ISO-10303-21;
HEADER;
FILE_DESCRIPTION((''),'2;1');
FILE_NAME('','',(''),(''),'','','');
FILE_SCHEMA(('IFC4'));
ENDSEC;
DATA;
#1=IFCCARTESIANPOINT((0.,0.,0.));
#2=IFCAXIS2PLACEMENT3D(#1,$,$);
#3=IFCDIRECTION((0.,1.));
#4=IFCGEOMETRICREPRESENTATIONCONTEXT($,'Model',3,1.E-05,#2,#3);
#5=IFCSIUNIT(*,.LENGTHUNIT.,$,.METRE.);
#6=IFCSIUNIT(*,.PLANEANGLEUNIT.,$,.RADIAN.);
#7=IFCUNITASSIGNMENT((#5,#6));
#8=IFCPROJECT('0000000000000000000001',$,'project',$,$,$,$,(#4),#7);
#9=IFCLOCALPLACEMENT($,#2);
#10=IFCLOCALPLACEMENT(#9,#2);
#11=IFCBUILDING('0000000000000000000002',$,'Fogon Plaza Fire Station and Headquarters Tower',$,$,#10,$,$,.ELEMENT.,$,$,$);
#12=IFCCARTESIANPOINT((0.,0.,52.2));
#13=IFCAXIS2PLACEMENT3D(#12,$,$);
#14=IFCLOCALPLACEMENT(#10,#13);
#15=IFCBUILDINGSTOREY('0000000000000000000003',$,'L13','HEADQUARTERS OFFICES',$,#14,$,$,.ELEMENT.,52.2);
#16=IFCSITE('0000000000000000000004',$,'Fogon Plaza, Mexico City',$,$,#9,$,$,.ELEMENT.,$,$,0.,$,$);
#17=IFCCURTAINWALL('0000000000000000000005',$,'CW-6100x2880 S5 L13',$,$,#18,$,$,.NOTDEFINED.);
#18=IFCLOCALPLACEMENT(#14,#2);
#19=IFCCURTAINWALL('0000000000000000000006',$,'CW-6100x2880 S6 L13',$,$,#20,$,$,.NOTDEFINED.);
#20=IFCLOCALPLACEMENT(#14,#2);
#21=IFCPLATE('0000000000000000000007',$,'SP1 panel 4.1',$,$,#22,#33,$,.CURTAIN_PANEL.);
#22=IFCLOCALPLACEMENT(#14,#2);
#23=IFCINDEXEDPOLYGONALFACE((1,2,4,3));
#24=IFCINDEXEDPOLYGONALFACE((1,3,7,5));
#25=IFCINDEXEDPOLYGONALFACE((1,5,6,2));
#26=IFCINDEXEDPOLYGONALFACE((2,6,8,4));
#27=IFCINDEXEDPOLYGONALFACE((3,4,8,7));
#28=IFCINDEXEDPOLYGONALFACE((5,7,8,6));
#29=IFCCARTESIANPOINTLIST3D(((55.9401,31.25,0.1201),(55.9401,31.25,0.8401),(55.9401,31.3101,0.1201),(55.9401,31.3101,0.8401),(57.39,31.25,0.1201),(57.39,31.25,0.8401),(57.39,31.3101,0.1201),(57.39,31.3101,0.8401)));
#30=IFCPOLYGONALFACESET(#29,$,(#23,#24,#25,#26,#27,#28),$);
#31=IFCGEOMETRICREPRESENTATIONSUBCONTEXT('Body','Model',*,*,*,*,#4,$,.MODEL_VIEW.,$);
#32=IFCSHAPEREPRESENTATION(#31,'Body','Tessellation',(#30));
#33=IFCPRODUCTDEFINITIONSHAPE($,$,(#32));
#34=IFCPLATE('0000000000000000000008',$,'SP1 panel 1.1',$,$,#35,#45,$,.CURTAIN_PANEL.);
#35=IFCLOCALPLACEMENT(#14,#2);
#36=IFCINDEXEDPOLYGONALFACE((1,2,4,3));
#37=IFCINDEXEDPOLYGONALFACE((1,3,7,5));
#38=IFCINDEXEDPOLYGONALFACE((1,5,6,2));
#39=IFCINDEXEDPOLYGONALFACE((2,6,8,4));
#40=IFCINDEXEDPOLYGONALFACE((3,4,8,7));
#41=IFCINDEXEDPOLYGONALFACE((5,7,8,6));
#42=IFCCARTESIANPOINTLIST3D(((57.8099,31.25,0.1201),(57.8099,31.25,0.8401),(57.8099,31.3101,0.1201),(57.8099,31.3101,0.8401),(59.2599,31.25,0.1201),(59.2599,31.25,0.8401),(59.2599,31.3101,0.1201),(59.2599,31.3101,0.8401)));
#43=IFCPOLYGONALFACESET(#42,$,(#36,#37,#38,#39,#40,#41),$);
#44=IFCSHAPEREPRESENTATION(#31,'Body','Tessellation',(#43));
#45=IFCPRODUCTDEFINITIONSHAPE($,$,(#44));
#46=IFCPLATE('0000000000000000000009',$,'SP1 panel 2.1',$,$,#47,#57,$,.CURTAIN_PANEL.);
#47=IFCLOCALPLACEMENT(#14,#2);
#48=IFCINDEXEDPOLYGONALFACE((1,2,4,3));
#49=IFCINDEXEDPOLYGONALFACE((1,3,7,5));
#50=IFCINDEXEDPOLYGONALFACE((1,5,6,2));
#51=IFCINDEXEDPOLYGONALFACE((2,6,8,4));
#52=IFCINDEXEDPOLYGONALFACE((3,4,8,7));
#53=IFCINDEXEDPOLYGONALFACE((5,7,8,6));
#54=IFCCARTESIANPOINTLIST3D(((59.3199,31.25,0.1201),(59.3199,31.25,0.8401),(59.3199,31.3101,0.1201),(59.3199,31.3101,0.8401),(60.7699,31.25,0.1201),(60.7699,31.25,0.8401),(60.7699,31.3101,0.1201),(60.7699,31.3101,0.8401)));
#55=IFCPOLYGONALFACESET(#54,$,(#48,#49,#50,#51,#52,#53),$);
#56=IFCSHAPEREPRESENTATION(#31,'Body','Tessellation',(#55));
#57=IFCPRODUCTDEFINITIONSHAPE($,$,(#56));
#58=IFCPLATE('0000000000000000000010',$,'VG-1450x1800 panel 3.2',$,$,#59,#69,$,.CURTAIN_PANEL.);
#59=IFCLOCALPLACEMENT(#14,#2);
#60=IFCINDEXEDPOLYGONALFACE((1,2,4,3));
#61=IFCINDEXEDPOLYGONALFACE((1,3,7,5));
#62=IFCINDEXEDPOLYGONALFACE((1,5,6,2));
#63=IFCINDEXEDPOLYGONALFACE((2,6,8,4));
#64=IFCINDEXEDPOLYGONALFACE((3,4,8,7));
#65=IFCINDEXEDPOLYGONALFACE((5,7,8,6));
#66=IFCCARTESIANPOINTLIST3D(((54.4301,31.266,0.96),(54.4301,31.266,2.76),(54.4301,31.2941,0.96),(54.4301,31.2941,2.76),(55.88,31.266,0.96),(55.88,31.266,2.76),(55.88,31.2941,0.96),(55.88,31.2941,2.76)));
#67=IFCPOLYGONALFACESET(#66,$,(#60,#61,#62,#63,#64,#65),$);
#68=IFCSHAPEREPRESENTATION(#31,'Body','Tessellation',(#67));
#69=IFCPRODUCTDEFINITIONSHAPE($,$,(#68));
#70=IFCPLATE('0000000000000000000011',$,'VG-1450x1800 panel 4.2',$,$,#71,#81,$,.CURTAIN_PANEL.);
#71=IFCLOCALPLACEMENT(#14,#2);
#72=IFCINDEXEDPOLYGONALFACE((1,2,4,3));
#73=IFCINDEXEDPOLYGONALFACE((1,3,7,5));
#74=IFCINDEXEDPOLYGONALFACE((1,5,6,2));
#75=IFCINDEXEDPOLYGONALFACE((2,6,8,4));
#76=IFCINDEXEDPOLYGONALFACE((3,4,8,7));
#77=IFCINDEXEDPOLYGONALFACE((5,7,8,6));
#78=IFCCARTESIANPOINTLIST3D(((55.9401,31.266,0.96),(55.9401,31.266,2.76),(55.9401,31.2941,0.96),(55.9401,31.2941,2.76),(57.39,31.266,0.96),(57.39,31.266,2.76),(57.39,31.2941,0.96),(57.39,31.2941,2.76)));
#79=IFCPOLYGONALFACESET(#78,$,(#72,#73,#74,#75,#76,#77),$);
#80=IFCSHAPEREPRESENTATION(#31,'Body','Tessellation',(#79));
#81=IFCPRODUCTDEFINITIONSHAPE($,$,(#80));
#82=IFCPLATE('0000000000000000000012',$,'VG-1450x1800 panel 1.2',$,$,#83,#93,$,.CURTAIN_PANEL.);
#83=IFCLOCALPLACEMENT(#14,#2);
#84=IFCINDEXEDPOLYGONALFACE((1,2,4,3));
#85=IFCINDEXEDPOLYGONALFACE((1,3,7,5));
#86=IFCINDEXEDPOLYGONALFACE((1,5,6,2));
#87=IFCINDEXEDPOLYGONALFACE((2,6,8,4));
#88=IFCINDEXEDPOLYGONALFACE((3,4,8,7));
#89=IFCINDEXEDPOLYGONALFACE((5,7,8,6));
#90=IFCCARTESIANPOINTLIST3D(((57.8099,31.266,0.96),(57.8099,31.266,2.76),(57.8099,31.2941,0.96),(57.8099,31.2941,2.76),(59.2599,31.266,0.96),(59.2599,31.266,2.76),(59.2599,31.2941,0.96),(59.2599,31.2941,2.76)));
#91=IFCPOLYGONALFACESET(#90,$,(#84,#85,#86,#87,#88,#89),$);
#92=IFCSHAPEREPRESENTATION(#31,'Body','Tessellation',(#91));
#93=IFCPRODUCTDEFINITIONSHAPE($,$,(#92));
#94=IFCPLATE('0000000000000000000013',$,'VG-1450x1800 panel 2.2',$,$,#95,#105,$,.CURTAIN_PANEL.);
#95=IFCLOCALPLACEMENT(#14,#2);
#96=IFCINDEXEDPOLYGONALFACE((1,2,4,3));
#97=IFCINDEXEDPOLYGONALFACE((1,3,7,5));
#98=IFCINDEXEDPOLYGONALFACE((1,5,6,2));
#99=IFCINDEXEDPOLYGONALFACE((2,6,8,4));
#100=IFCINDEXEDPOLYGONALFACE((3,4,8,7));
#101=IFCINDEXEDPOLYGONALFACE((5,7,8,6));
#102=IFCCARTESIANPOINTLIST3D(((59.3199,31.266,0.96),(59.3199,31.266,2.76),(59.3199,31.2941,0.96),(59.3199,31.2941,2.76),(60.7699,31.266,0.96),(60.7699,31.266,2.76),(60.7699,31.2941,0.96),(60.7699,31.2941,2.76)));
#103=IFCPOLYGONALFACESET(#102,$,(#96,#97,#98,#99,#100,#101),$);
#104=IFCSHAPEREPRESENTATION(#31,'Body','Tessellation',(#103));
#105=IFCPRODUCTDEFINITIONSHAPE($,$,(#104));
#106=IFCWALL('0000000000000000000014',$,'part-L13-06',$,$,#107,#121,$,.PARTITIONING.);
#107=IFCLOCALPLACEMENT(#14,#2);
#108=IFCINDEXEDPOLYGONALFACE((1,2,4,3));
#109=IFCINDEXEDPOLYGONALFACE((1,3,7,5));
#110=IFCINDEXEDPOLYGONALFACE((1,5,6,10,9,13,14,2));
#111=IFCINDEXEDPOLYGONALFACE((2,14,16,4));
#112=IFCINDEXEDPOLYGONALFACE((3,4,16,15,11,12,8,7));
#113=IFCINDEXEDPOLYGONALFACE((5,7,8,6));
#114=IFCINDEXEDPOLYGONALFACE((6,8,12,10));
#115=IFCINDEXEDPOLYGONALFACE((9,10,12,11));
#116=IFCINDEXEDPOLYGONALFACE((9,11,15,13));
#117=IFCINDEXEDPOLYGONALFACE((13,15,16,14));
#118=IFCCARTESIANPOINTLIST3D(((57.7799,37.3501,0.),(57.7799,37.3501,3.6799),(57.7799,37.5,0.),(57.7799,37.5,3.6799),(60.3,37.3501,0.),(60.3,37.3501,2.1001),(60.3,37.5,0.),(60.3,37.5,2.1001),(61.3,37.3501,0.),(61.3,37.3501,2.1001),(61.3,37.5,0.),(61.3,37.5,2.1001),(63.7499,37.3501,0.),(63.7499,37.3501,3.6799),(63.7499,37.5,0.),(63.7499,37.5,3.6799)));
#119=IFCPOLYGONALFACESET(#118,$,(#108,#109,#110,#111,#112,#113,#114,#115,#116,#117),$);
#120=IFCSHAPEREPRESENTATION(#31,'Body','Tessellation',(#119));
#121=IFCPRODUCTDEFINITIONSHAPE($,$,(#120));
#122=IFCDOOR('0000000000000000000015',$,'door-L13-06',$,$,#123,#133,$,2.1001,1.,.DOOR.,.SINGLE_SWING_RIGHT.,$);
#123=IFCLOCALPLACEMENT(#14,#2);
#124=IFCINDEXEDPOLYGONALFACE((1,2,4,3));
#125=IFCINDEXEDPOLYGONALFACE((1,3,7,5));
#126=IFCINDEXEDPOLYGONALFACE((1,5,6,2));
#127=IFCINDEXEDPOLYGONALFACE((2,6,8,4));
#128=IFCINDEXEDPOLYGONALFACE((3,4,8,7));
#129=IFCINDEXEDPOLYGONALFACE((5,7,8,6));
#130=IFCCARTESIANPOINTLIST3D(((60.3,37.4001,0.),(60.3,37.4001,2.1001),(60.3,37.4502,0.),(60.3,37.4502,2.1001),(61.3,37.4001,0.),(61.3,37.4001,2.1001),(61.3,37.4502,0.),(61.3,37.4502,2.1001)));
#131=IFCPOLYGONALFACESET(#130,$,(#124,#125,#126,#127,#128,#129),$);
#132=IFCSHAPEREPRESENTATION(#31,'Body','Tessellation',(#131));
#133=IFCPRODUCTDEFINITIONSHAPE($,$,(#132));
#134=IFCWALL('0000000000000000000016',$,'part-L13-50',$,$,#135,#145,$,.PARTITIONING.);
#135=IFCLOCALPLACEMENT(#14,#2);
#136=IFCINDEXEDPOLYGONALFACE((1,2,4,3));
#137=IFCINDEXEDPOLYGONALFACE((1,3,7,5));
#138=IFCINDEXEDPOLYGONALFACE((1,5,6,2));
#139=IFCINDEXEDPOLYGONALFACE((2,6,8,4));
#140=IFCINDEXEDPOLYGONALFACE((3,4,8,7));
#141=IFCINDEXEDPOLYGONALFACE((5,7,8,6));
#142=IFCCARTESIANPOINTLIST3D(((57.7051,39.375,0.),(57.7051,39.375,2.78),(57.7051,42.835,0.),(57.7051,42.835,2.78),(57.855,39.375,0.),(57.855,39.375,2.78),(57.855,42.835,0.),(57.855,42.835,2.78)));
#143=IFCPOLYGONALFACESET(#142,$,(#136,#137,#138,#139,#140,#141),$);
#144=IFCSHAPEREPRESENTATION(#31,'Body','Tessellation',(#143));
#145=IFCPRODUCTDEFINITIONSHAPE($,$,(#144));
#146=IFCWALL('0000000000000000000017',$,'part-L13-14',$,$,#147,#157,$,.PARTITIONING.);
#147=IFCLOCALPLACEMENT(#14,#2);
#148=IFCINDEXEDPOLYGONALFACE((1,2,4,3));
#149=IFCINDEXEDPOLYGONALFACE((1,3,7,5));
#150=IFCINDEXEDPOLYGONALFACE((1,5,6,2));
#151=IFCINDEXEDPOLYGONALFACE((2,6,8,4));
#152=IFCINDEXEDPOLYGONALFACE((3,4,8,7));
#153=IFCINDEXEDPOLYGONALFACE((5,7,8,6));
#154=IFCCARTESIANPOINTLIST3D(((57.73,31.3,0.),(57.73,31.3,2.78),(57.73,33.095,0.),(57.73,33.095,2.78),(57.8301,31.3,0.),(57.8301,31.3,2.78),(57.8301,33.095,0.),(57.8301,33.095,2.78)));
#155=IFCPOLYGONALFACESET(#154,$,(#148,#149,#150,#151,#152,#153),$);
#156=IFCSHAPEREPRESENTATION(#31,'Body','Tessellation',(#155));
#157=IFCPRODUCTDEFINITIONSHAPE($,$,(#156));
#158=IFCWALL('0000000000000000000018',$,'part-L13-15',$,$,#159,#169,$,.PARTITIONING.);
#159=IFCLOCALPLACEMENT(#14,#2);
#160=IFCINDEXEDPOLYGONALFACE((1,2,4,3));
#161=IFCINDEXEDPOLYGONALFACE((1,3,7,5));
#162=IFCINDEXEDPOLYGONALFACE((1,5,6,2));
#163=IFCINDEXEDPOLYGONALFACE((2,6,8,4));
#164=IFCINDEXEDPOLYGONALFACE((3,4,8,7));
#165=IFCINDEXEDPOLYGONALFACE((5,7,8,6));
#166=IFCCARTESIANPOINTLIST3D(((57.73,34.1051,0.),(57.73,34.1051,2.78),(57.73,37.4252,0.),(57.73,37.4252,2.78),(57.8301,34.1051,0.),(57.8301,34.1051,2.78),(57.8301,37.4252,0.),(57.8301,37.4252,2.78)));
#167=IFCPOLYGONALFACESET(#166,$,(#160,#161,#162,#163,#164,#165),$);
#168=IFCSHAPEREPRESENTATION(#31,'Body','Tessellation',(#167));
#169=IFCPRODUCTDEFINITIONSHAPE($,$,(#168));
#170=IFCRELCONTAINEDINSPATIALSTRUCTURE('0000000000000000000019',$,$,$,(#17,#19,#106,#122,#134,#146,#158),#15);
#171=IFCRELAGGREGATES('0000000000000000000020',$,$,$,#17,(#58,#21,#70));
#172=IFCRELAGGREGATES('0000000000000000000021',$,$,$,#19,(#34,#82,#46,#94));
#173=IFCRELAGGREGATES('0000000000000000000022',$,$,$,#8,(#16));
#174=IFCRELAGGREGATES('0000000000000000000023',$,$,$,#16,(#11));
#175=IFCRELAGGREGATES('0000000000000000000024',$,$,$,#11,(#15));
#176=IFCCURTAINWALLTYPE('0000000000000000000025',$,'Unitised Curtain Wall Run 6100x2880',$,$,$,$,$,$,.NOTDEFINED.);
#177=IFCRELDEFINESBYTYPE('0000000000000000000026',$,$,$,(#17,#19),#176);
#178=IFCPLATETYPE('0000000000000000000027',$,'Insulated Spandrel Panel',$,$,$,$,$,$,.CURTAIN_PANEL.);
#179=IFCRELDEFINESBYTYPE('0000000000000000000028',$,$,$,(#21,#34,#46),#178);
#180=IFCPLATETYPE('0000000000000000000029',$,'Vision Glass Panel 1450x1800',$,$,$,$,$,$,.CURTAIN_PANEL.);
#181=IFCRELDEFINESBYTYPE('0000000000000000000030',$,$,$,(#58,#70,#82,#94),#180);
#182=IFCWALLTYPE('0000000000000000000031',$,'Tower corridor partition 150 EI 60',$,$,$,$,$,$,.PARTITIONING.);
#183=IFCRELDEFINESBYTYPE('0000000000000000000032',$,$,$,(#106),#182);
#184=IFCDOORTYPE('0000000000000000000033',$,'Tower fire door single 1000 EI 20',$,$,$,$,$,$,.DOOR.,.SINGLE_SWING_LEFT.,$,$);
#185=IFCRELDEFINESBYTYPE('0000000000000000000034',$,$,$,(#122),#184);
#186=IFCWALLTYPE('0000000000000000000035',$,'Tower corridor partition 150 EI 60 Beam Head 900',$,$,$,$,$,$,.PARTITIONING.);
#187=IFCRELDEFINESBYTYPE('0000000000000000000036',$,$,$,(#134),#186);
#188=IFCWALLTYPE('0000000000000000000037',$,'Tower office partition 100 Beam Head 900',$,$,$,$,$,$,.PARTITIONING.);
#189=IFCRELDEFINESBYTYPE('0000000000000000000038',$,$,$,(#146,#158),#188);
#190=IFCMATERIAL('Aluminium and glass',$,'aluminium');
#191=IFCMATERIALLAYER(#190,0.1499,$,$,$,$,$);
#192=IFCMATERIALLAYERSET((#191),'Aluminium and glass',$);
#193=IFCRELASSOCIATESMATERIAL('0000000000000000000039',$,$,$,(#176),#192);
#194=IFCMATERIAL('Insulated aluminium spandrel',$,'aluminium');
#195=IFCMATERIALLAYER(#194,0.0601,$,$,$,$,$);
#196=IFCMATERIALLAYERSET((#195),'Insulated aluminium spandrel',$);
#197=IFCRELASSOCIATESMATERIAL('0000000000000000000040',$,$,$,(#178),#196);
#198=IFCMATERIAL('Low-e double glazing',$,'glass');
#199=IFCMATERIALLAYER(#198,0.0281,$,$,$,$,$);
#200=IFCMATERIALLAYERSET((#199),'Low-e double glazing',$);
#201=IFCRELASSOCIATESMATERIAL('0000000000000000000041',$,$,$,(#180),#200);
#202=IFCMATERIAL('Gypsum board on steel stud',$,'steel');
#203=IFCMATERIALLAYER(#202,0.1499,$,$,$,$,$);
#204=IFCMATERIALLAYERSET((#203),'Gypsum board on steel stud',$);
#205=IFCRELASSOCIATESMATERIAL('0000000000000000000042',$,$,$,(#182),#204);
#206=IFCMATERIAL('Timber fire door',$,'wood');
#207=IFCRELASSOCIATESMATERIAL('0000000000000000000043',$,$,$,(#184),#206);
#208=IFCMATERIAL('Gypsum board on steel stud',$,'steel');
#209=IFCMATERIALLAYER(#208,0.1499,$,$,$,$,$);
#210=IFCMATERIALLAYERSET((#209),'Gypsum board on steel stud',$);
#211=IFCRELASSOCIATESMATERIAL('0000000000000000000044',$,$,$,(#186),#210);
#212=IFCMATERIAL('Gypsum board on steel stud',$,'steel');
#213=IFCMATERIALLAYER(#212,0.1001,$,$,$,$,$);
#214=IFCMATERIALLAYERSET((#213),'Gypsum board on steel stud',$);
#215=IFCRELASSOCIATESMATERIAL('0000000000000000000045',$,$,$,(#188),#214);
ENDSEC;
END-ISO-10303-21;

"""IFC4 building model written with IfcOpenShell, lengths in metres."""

from ifc_helpers import new_model, si_unit, direction, frame, frame_2d, origin, origin_2d, place, context, subcontext, project, spatial, rectangle, extrude, material, layer, layer_set, type_object, element, fill, aggregate, save


model = new_model("IFC4")

# Units and contexts
model_context = context("Model", 3, precision=1e-05, world=origin(), true_north=direction((0.0, 1.0)))
body_context = subcontext(model_context, "Body", "Model", "MODEL_VIEW")
ifc_project = project(units=[si_unit("LENGTHUNIT", "METRE"), si_unit("PLANEANGLEUNIT", "RADIAN")], contexts=[model_context])

# Site, building, storey
site_placement = place(None, origin())
site = spatial("IfcSite", under=ifc_project, at=site_placement, Name="Fogon Plaza, Mexico City", CompositionType="ELEMENT", RefElevation=0.0)
building_placement = place(site_placement, origin())
building = spatial("IfcBuilding", under=site, at=building_placement, Name="Fogon Plaza Fire Station and Headquarters Tower", CompositionType="ELEMENT")
storey_placement = place(building_placement, frame((0.0, 0.0, 52.2)))
storey = spatial("IfcBuildingStorey", under=building, at=storey_placement, Name="L13", Description="HEADQUARTERS OFFICES", CompositionType="ELEMENT", Elevation=52.2)

# Curtain walls
ifc_material_1 = material(Name="Aluminium and glass", Category="aluminium")
ifc_layer_1 = layer(ifc_material_1, 0.1499)
ifc_layer_set_1 = layer_set([ifc_layer_1], Name="Aluminium and glass")
curtain_wall_type = type_object("IfcCurtainWallType", Name="Unitised Curtain Wall Run 6100x2880", PredefinedType="NOTDEFINED", material=ifc_layer_set_1)
curtain_wall_1_placement = place(storey_placement, origin())
curtain_wall_1 = element("IfcCurtainWall", 1, at=curtain_wall_1_placement, inside=storey, type_object=curtain_wall_type, Name="CW-6100x2880 S5 L13", PredefinedType="NOTDEFINED")
curtain_wall_2_placement = place(storey_placement, origin())
curtain_wall_2 = element("IfcCurtainWall", 2, at=curtain_wall_2_placement, inside=storey, type_object=curtain_wall_type, Name="CW-6100x2880 S6 L13", PredefinedType="NOTDEFINED")

# Plates
ifc_material_2 = material(Name="Insulated aluminium spandrel", Category="aluminium")
ifc_layer_2 = layer(ifc_material_2, 0.0601)
ifc_layer_set_2 = layer_set([ifc_layer_2], Name="Insulated aluminium spandrel")
plate_type_1 = type_object("IfcPlateType", Name="Insulated Spandrel Panel", PredefinedType="CURTAIN_PANEL", material=ifc_layer_set_2)
plate_1_placement = place(storey_placement, frame((56.665, 31.28, 0.1201), z_axis=(0.0, 0.0, 1.0), x_axis=(1.0, 0.0, 0.0)))
plate_1 = element("IfcPlate", 3, at=plate_1_placement, type_object=plate_type_1, Name="SP1 panel 4.1", PredefinedType="CURTAIN_PANEL", context=body_context, shape_type="SweptSolid", body=[
    extrude(rectangle(XDim=1.45, YDim=0.0601, at=origin_2d()), origin(), (0.0, 0.0, 1.0), 0.72),
])
plate_2_placement = place(storey_placement, frame((58.5349, 31.28, 0.1201), z_axis=(0.0, 0.0, 1.0), x_axis=(1.0, 0.0, 0.0)))
plate_2 = element("IfcPlate", 4, at=plate_2_placement, type_object=plate_type_1, Name="SP1 panel 1.1", PredefinedType="CURTAIN_PANEL", context=body_context, shape_type="SweptSolid", body=[
    extrude(rectangle(XDim=1.45, YDim=0.0601, at=origin_2d()), origin(), (0.0, 0.0, 1.0), 0.72),
])
plate_3_placement = place(storey_placement, frame((60.0449, 31.28, 0.1201), z_axis=(0.0, 0.0, 1.0), x_axis=(1.0, 0.0, 0.0)))
plate_3 = element("IfcPlate", 5, at=plate_3_placement, type_object=plate_type_1, Name="SP1 panel 2.1", PredefinedType="CURTAIN_PANEL", context=body_context, shape_type="SweptSolid", body=[
    extrude(rectangle(XDim=1.45, YDim=0.0601, at=origin_2d()), origin(), (0.0, 0.0, 1.0), 0.72),
])
ifc_material_3 = material(Name="Low-e double glazing", Category="glass")
ifc_layer_3 = layer(ifc_material_3, 0.0281)
ifc_layer_set_3 = layer_set([ifc_layer_3], Name="Low-e double glazing")
plate_type_2 = type_object("IfcPlateType", Name="Vision Glass Panel 1450x1800", PredefinedType="CURTAIN_PANEL", material=ifc_layer_set_3)
plate_4_placement = place(storey_placement, frame((55.155, 31.28, 0.96), z_axis=(0.0, 0.0, 1.0), x_axis=(1.0, 0.0, 0.0)))
plate_4 = element("IfcPlate", 6, at=plate_4_placement, type_object=plate_type_2, Name="VG-1450x1800 panel 3.2", PredefinedType="CURTAIN_PANEL", context=body_context, shape_type="SweptSolid", body=[
    extrude(rectangle(XDim=1.45, YDim=0.0281, at=origin_2d()), origin(), (0.0, 0.0, 1.0), 1.8),
])
plate_5_placement = place(storey_placement, frame((56.665, 31.28, 0.96), z_axis=(0.0, 0.0, 1.0), x_axis=(1.0, 0.0, 0.0)))
plate_5 = element("IfcPlate", 7, at=plate_5_placement, type_object=plate_type_2, Name="VG-1450x1800 panel 4.2", PredefinedType="CURTAIN_PANEL", context=body_context, shape_type="SweptSolid", body=[
    extrude(rectangle(XDim=1.45, YDim=0.0281, at=origin_2d()), origin(), (0.0, 0.0, 1.0), 1.8),
])
aggregate(curtain_wall_1, [plate_4, plate_1, plate_5])
plate_6_placement = place(storey_placement, frame((58.5349, 31.28, 0.96), z_axis=(0.0, 0.0, 1.0), x_axis=(1.0, 0.0, 0.0)))
plate_6 = element("IfcPlate", 8, at=plate_6_placement, type_object=plate_type_2, Name="VG-1450x1800 panel 1.2", PredefinedType="CURTAIN_PANEL", context=body_context, shape_type="SweptSolid", body=[
    extrude(rectangle(XDim=1.45, YDim=0.0281, at=origin_2d()), origin(), (0.0, 0.0, 1.0), 1.8),
])
plate_7_placement = place(storey_placement, frame((60.0449, 31.28, 0.96), z_axis=(0.0, 0.0, 1.0), x_axis=(1.0, 0.0, 0.0)))
plate_7 = element("IfcPlate", 9, at=plate_7_placement, type_object=plate_type_2, Name="VG-1450x1800 panel 2.2", PredefinedType="CURTAIN_PANEL", context=body_context, shape_type="SweptSolid", body=[
    extrude(rectangle(XDim=1.45, YDim=0.0281, at=origin_2d()), origin(), (0.0, 0.0, 1.0), 1.8),
])
aggregate(curtain_wall_2, [plate_2, plate_6, plate_3, plate_7])

# Wall, opening, door
ifc_material_4 = material(Name="Gypsum board on steel stud", Category="steel")
ifc_layer_4 = layer(ifc_material_4, 0.1499)
ifc_layer_set_4 = layer_set([ifc_layer_4], Name="Gypsum board on steel stud")
wall_type_1 = type_object("IfcWallType", Name="Tower corridor partition 150 EI 60", PredefinedType="PARTITIONING", material=ifc_layer_set_4)
wall_1_placement = place(storey_placement, frame((57.78, 37.425, 0.0), z_axis=(0.0, 0.0, 1.0), x_axis=(1.0, 0.0, 0.0)))
wall_1 = element("IfcWall", 10, at=wall_1_placement, inside=storey, type_object=wall_type_1, Name="part-L13-06", PredefinedType="PARTITIONING", context=body_context, shape_type="SweptSolid", body=[
    extrude(rectangle(XDim=5.97, YDim=0.1499, at=frame_2d((2.9849, 0.0))), origin(), (0.0, 0.0, 1.0), 3.6799),
])
opening_placement = place(wall_1_placement, frame((2.52, 0.0, 0.0)))
opening = element("IfcOpeningElement", 11, at=opening_placement, cuts=wall_1, PredefinedType="OPENING", context=body_context, shape_type="SweptSolid", body=[
    extrude(rectangle(XDim=1.0, YDim=2.1001, at=frame_2d((0.5, 1.05))), frame((0.0, 0.085, 0.0), z_axis=(0.0, -1.0, 0.0), x_axis=(1.0, 0.0, 0.0)), (0.0, 0.0, 1.0), 0.1699),
])
ifc_material_5 = material(Name="Timber fire door", Category="wood")
door_type = type_object("IfcDoorType", Name="Tower fire door single 1000 EI 20", OperationType="SINGLE_SWING_LEFT", PredefinedType="DOOR", material=ifc_material_5)
door_placement = place(opening_placement, frame((1.0, 0.0, 0.0), z_axis=(0.0, 0.0, 1.0), x_axis=(-1.0, 0.0, 0.0)))
door = element("IfcDoor", 12, at=door_placement, inside=storey, type_object=door_type, Name="door-L13-06", OperationType="SINGLE_SWING_RIGHT", OverallHeight=2.1001, OverallWidth=1.0, PredefinedType="DOOR", context=body_context, shape_type="SweptSolid", body=[
    extrude(rectangle(XDim=1.0, YDim=2.1001, at=frame_2d((0.5, 1.05))), frame((0.0, 0.0249, 0.0), z_axis=(0.0, -1.0, 0.0), x_axis=(1.0, 0.0, 0.0)), (0.0, 0.0, 1.0), 0.05),
])
fill(opening, door)

# Walls
ifc_material_6 = material(Name="Gypsum board on steel stud", Category="steel")
ifc_layer_5 = layer(ifc_material_6, 0.1499)
ifc_layer_set_5 = layer_set([ifc_layer_5], Name="Gypsum board on steel stud")
wall_type_2 = type_object("IfcWallType", Name="Tower corridor partition 150 EI 60 Beam Head 900", PredefinedType="PARTITIONING", material=ifc_layer_set_5)
wall_2_placement = place(storey_placement, frame((57.78, 39.375, 0.0), z_axis=(0.0, 0.0, 1.0), x_axis=(0.0, 1.0, 0.0)))
element("IfcWall", 13, at=wall_2_placement, inside=storey, type_object=wall_type_2, Name="part-L13-50", PredefinedType="PARTITIONING", context=body_context, shape_type="SweptSolid", body=[
    extrude(rectangle(XDim=3.46, YDim=0.1499, at=frame_2d((1.73, 0.0))), origin(), (0.0, 0.0, 1.0), 2.78),
])
ifc_material_7 = material(Name="Gypsum board on steel stud", Category="steel")
ifc_layer_6 = layer(ifc_material_7, 0.1001)
ifc_layer_set_6 = layer_set([ifc_layer_6], Name="Gypsum board on steel stud")
wall_type_3 = type_object("IfcWallType", Name="Tower office partition 100 Beam Head 900", PredefinedType="PARTITIONING", material=ifc_layer_set_6)
wall_3_placement = place(storey_placement, frame((57.78, 31.3, 0.0), z_axis=(0.0, 0.0, 1.0), x_axis=(0.0, 1.0, 0.0)))
element("IfcWall", 14, at=wall_3_placement, inside=storey, type_object=wall_type_3, Name="part-L13-14", PredefinedType="PARTITIONING", context=body_context, shape_type="SweptSolid", body=[
    extrude(rectangle(XDim=1.7949, YDim=0.1001, at=frame_2d((0.8975, 0.0))), origin(), (0.0, 0.0, 1.0), 2.78),
])
wall_4_placement = place(storey_placement, frame((57.78, 34.105, 0.0), z_axis=(0.0, 0.0, 1.0), x_axis=(0.0, 1.0, 0.0)))
element("IfcWall", 15, at=wall_4_placement, inside=storey, type_object=wall_type_3, Name="part-L13-15", PredefinedType="PARTITIONING", context=body_context, shape_type="SweptSolid", body=[
    extrude(rectangle(XDim=3.3201, YDim=0.1001, at=frame_2d((1.6602, 0.0))), origin(), (0.0, 0.0, 1.0), 2.78),
])

save(model, "model.ifc")
